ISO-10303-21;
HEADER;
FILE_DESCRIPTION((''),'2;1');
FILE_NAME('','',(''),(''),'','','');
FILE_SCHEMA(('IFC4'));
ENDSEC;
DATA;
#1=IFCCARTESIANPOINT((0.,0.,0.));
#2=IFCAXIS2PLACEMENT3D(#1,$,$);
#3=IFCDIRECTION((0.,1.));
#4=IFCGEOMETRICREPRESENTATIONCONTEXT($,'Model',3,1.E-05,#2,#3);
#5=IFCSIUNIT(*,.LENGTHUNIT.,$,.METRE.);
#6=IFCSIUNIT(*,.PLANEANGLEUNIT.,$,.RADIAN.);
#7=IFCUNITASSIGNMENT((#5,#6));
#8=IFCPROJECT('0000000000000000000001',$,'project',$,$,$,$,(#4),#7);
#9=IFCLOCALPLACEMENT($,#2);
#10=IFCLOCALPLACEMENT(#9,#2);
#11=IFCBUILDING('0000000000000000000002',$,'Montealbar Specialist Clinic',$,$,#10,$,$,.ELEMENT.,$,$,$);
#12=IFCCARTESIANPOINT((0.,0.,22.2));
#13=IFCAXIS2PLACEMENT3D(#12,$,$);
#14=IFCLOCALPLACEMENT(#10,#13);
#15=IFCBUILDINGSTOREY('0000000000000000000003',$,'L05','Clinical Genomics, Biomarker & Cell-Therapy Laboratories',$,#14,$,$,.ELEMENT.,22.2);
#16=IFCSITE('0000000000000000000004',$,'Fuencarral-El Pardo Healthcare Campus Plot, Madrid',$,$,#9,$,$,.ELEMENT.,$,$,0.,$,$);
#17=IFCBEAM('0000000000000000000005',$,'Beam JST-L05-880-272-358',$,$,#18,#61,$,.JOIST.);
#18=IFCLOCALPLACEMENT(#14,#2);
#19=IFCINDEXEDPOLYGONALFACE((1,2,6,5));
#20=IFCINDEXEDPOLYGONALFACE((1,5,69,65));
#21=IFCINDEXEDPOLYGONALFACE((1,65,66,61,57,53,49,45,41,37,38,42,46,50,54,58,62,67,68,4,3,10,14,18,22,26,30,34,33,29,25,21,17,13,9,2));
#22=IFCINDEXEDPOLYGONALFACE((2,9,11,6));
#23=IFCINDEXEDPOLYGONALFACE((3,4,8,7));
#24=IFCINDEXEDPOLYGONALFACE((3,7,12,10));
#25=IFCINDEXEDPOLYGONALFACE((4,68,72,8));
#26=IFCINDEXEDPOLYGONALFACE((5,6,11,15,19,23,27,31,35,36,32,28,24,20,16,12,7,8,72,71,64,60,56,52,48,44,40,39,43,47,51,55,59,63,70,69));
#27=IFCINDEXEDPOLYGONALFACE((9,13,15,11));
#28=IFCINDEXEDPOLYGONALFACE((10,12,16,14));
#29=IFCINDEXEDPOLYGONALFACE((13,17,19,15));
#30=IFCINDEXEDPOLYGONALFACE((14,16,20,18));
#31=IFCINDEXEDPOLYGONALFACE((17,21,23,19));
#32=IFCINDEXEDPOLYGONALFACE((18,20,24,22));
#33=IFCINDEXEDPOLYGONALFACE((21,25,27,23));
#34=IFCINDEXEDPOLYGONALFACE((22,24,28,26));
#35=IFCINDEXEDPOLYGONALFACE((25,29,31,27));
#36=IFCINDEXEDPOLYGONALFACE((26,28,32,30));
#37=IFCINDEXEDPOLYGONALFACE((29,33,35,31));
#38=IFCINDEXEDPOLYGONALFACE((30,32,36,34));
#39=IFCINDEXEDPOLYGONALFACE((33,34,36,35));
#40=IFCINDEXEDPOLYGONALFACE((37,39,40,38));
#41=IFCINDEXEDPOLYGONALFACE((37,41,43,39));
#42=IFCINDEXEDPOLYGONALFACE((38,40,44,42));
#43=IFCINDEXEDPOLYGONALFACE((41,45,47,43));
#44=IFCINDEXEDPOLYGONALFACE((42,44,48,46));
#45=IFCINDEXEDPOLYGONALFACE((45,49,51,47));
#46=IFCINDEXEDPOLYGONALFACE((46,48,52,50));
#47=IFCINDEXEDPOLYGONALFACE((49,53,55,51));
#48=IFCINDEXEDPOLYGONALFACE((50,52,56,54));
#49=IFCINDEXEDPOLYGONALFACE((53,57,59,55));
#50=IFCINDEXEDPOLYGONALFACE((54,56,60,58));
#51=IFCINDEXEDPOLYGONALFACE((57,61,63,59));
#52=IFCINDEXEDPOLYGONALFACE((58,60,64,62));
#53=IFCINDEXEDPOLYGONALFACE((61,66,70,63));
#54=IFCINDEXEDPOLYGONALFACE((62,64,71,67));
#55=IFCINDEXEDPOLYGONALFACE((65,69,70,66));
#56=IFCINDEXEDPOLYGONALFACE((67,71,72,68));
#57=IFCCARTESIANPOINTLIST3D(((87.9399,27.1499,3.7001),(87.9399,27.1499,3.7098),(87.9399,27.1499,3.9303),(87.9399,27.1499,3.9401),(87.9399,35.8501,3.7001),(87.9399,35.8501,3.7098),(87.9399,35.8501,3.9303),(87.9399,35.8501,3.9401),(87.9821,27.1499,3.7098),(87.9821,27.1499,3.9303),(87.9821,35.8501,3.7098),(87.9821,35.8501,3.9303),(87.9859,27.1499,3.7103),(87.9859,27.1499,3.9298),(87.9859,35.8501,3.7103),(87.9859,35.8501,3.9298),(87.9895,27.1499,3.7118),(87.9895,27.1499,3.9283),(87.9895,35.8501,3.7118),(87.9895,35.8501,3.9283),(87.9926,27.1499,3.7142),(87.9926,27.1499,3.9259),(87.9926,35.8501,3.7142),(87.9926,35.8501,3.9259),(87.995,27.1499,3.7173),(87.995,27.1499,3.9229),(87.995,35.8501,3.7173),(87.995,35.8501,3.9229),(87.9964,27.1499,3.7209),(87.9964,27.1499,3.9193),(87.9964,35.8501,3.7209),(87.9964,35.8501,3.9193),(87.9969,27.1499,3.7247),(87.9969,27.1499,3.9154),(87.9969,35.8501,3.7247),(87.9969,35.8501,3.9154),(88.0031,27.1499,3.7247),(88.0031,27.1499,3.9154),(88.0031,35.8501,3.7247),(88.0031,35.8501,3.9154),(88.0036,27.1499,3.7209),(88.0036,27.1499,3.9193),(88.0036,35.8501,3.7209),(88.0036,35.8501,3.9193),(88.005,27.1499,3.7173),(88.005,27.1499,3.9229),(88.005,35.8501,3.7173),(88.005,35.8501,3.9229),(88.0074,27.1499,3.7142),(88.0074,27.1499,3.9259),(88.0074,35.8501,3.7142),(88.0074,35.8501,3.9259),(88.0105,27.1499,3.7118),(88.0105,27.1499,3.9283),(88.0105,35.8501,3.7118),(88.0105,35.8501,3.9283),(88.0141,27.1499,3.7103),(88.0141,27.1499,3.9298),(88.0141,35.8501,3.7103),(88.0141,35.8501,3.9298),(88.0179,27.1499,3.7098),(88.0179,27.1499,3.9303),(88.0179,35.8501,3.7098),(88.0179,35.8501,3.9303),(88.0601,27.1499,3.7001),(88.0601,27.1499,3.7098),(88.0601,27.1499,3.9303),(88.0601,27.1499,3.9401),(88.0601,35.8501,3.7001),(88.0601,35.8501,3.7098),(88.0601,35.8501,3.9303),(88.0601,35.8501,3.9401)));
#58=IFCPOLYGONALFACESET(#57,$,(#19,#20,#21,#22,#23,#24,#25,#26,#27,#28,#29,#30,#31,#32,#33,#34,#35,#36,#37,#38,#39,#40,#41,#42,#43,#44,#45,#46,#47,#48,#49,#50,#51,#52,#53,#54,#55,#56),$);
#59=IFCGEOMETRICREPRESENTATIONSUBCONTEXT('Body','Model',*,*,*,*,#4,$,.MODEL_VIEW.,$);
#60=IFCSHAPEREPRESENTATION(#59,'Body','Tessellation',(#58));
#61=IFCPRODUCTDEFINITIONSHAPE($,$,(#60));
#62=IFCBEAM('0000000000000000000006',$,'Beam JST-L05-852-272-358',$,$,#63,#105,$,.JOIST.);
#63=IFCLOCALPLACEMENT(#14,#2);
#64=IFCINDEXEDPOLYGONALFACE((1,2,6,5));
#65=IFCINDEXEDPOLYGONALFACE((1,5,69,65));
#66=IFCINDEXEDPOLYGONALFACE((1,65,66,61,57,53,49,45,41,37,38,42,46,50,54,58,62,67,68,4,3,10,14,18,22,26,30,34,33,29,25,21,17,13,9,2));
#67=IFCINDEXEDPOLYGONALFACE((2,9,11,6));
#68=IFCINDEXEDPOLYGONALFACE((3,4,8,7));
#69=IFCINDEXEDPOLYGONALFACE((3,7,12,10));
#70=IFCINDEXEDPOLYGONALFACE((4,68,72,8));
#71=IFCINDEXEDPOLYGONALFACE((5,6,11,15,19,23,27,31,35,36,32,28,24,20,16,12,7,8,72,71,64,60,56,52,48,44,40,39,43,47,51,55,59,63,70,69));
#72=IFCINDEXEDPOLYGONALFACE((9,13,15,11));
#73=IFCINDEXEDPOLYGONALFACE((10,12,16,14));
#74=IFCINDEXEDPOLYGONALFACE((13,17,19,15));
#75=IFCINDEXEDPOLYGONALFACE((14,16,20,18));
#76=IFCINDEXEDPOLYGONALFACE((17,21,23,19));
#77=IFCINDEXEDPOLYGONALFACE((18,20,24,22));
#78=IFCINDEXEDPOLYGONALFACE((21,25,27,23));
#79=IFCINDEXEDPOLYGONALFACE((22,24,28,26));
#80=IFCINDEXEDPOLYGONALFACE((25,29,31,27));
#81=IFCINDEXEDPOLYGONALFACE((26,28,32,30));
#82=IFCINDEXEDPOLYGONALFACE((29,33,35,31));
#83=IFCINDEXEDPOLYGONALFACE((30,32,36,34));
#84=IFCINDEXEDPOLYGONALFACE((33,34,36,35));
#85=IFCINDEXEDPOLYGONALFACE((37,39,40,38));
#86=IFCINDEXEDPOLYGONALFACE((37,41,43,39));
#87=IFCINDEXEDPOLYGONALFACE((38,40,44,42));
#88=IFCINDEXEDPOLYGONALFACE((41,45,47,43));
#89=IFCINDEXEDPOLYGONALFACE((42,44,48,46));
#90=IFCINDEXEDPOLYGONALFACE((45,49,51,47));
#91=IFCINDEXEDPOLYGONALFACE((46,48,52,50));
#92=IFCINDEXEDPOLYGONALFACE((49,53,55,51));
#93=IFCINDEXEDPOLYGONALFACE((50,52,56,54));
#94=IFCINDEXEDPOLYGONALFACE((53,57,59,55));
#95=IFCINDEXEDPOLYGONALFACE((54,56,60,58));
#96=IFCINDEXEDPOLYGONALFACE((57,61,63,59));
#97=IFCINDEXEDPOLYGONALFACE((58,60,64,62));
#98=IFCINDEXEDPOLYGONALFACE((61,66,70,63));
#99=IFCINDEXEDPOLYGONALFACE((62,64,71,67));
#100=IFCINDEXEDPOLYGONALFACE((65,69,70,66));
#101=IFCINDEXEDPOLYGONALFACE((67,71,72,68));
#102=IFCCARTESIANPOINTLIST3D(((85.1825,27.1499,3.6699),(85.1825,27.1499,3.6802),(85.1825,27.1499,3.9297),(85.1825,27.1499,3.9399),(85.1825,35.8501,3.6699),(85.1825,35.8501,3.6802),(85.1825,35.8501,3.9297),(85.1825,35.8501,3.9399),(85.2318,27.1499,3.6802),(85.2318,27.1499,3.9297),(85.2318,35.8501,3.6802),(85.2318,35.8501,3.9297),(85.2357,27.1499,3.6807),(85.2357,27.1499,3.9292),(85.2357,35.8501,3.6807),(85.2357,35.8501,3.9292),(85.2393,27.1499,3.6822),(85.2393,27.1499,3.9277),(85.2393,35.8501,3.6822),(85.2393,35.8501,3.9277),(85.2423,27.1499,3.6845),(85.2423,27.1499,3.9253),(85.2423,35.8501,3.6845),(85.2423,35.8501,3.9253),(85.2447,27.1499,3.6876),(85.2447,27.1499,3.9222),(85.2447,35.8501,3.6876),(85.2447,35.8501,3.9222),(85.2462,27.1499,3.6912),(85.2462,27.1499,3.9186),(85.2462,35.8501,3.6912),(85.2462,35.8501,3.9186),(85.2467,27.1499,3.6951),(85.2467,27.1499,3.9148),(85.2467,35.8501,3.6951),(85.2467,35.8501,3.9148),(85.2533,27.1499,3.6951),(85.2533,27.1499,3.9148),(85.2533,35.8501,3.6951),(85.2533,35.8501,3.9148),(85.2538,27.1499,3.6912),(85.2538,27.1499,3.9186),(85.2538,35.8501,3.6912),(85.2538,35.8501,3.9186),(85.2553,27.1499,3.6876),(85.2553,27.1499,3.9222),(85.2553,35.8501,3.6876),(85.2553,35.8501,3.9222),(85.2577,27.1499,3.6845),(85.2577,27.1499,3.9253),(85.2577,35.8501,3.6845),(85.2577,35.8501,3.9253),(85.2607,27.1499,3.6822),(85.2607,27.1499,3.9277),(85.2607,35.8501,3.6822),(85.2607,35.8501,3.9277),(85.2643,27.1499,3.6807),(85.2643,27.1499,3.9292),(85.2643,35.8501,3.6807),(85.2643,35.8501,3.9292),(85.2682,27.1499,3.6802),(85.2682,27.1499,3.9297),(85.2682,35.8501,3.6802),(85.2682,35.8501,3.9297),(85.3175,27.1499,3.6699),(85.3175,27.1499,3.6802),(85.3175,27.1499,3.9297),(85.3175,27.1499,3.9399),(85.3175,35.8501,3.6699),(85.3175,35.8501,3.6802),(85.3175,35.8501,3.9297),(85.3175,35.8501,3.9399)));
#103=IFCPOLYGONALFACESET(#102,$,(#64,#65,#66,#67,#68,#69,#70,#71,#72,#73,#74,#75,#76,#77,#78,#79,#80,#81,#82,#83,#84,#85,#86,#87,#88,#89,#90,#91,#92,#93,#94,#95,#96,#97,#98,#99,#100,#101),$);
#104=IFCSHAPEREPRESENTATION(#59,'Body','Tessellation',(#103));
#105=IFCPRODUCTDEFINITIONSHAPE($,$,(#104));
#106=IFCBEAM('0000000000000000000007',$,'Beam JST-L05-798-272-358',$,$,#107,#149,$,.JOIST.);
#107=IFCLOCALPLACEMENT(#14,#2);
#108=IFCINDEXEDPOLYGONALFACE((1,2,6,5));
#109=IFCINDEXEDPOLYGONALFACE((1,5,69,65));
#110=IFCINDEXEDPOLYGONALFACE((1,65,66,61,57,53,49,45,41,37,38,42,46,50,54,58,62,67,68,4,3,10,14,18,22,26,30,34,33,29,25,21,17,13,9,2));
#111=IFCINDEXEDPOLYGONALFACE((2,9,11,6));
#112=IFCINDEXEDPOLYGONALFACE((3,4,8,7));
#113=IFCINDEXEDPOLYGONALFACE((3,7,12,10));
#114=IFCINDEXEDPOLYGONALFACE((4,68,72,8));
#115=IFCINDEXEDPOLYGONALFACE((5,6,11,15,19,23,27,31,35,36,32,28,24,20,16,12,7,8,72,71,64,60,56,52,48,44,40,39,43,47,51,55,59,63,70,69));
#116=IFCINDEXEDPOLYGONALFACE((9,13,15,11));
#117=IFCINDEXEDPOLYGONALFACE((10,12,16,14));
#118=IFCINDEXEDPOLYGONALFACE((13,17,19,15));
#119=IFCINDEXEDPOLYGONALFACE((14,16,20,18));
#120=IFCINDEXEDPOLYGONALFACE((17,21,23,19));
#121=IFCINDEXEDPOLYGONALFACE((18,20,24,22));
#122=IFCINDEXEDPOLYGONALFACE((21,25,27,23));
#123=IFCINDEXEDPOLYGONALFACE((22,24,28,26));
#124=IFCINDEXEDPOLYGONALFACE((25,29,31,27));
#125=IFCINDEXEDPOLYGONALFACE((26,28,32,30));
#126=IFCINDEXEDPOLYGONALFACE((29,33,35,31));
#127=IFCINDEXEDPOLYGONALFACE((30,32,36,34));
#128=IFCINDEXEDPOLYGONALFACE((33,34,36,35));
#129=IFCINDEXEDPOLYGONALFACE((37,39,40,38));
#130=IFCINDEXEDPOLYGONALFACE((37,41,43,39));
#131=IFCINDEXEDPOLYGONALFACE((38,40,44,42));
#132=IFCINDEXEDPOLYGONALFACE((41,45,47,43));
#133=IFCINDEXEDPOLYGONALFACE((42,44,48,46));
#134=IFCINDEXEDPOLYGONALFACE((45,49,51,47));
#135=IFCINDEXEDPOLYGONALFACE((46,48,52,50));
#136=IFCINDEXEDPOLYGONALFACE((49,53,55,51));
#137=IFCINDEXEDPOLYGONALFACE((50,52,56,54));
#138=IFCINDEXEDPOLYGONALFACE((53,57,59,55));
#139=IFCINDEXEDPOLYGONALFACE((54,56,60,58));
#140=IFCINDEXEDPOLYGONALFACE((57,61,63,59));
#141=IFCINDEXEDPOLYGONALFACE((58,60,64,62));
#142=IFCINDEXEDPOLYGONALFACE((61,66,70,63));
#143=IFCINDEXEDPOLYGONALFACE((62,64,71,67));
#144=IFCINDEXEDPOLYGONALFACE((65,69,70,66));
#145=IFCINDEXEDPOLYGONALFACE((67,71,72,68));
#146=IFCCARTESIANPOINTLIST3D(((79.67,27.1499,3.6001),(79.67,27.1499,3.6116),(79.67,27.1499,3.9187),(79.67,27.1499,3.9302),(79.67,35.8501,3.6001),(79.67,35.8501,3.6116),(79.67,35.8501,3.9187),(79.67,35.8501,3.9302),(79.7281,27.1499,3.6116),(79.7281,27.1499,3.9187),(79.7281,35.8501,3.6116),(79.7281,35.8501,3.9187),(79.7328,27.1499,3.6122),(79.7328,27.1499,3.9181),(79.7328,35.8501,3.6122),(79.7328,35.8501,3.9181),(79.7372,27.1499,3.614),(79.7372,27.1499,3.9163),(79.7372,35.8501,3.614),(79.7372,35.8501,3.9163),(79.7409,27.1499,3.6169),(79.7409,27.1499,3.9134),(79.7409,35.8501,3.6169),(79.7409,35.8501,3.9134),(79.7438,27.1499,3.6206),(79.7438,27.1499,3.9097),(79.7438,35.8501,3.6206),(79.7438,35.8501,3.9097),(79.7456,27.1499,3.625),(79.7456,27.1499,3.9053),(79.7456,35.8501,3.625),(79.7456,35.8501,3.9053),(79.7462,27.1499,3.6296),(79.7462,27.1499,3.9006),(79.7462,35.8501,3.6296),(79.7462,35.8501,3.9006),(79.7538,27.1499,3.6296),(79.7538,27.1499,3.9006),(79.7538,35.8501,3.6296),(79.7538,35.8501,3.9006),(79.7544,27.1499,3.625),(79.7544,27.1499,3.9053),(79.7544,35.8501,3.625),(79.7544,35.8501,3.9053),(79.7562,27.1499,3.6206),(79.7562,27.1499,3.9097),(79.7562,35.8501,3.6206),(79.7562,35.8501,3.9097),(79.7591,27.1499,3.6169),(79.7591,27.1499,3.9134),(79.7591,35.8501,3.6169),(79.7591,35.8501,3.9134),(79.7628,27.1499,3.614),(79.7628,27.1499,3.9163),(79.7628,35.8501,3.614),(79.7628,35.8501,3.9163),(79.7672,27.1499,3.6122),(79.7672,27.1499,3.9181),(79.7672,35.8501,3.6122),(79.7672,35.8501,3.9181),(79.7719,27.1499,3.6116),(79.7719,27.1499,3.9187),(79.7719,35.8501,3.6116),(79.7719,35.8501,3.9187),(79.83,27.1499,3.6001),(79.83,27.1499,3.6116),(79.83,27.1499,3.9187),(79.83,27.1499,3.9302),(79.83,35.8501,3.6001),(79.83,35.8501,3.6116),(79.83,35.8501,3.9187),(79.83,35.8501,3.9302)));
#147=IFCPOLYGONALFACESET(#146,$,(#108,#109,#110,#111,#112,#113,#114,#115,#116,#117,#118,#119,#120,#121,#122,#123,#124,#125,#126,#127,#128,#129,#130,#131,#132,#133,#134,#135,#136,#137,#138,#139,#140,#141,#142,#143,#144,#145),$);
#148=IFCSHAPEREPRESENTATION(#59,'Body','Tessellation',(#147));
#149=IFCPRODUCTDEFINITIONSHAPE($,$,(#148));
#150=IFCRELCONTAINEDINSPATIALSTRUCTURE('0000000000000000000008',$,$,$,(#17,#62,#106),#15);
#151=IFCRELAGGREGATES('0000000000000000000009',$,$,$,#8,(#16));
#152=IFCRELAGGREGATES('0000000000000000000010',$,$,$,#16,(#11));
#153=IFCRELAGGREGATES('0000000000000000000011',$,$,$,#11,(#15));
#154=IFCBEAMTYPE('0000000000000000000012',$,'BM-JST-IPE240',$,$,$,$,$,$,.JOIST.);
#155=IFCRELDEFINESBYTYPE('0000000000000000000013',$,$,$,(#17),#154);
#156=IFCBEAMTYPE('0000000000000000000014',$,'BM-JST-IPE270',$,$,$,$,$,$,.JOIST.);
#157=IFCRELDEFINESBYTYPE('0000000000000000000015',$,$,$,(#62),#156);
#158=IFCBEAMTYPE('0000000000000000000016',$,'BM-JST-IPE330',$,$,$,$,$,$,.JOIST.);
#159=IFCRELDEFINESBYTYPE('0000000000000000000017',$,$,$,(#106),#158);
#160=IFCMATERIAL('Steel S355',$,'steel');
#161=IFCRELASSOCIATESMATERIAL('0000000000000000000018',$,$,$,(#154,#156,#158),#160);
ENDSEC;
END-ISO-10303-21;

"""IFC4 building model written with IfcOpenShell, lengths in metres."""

from ifc_helpers import new_model, si_unit, direction, frame, origin, origin_2d, place, context, subcontext, project, spatial, i_section, extrude, material, material_profile, profile_set, type_object, element, save


model = new_model("IFC4")

# Units and contexts
model_context = context("Model", 3, precision=1e-05, world=origin(), true_north=direction((0.0, 1.0)))
body_context = subcontext(model_context, "Body", "Model", "MODEL_VIEW")
ifc_project = project(units=[si_unit("LENGTHUNIT", "METRE"), si_unit("PLANEANGLEUNIT", "RADIAN")], contexts=[model_context])

# Site, building, storey
site_placement = place(None, origin())
site = spatial("IfcSite", under=ifc_project, at=site_placement, Name="Fuencarral-El Pardo Healthcare Campus Plot, Madrid", CompositionType="ELEMENT", RefElevation=0.0)
building_placement = place(site_placement, origin())
building = spatial("IfcBuilding", under=site, at=building_placement, Name="Montealbar Specialist Clinic", CompositionType="ELEMENT")
storey_placement = place(building_placement, frame((0.0, 0.0, 22.2)))
storey = spatial("IfcBuildingStorey", under=building, at=storey_placement, Name="L05", Description="Clinical Genomics, Biomarker & Cell-Therapy Laboratories", CompositionType="ELEMENT", Elevation=22.2)

# Shared definitions
ifc_material_1 = material(Name="Steel S355", Category="steel")

# Beams
ifc_material_profile_1 = material_profile(ifc_material_1, i_section(OverallWidth=0.1201, OverallDepth=0.24, WebThickness=0.0061, FlangeThickness=0.0098, FilletRadius=0.0149, at=origin_2d()), Name="IPE 240", Category="steel")
ifc_profile_set_1 = profile_set([ifc_material_profile_1], Name="Steel S355")
beam_type_1 = type_object("IfcBeamType", Name="BM-JST-IPE240", PredefinedType="JOIST", material=ifc_profile_set_1)
beam_1_placement = place(storey_placement, frame((88.0, 27.1499, 3.8201), z_axis=(0.0, 1.0, 0.0), x_axis=(-1.0, 0.0, 0.0)))
element("IfcBeam", 1, at=beam_1_placement, inside=storey, type_object=beam_type_1, Name="Beam JST-L05-880-272-358", PredefinedType="JOIST", context=body_context, shape_type="SweptSolid", body=[
    extrude(i_section(OverallWidth=0.1201, OverallDepth=0.24, WebThickness=0.0061, FlangeThickness=0.0098, FilletRadius=0.0149, at=origin_2d()), origin(), (0.0, 0.0, 1.0), 8.7002),
])
ifc_material_profile_2 = material_profile(ifc_material_1, i_section(OverallWidth=0.135, OverallDepth=0.27, WebThickness=0.0066, FlangeThickness=0.0103, FilletRadius=0.0149, at=origin_2d()), Name="IPE 270", Category="steel")
ifc_profile_set_2 = profile_set([ifc_material_profile_2], Name="Steel S355")
beam_type_2 = type_object("IfcBeamType", Name="BM-JST-IPE270", PredefinedType="JOIST", material=ifc_profile_set_2)
beam_2_placement = place(storey_placement, frame((85.25, 27.1499, 3.8049), z_axis=(0.0, 1.0, 0.0), x_axis=(-1.0, 0.0, 0.0)))
element("IfcBeam", 2, at=beam_2_placement, inside=storey, type_object=beam_type_2, Name="Beam JST-L05-852-272-358", PredefinedType="JOIST", context=body_context, shape_type="SweptSolid", body=[
    extrude(i_section(OverallWidth=0.135, OverallDepth=0.27, WebThickness=0.0066, FlangeThickness=0.0103, FilletRadius=0.0149, at=origin_2d()), origin(), (0.0, 0.0, 1.0), 8.7002),
])
ifc_material_profile_3 = material_profile(ifc_material_1, i_section(OverallWidth=0.1599, OverallDepth=0.3301, WebThickness=0.0076, FlangeThickness=0.0115, FilletRadius=0.0181, at=origin_2d()), Name="IPE 330", Category="steel")
ifc_profile_set_3 = profile_set([ifc_material_profile_3], Name="Steel S355")
beam_type_3 = type_object("IfcBeamType", Name="BM-JST-IPE330", PredefinedType="JOIST", material=ifc_profile_set_3)
beam_3_placement = place(storey_placement, frame((79.75, 27.1499, 3.7651), z_axis=(0.0, 1.0, 0.0), x_axis=(-1.0, 0.0, 0.0)))
element("IfcBeam", 3, at=beam_3_placement, inside=storey, type_object=beam_type_3, Name="Beam JST-L05-798-272-358", PredefinedType="JOIST", context=body_context, shape_type="SweptSolid", body=[
    extrude(i_section(OverallWidth=0.1599, OverallDepth=0.3301, WebThickness=0.0076, FlangeThickness=0.0115, FilletRadius=0.0181, at=origin_2d()), origin(), (0.0, 0.0, 1.0), 8.7002),
])

save(model, "model.ifc")
